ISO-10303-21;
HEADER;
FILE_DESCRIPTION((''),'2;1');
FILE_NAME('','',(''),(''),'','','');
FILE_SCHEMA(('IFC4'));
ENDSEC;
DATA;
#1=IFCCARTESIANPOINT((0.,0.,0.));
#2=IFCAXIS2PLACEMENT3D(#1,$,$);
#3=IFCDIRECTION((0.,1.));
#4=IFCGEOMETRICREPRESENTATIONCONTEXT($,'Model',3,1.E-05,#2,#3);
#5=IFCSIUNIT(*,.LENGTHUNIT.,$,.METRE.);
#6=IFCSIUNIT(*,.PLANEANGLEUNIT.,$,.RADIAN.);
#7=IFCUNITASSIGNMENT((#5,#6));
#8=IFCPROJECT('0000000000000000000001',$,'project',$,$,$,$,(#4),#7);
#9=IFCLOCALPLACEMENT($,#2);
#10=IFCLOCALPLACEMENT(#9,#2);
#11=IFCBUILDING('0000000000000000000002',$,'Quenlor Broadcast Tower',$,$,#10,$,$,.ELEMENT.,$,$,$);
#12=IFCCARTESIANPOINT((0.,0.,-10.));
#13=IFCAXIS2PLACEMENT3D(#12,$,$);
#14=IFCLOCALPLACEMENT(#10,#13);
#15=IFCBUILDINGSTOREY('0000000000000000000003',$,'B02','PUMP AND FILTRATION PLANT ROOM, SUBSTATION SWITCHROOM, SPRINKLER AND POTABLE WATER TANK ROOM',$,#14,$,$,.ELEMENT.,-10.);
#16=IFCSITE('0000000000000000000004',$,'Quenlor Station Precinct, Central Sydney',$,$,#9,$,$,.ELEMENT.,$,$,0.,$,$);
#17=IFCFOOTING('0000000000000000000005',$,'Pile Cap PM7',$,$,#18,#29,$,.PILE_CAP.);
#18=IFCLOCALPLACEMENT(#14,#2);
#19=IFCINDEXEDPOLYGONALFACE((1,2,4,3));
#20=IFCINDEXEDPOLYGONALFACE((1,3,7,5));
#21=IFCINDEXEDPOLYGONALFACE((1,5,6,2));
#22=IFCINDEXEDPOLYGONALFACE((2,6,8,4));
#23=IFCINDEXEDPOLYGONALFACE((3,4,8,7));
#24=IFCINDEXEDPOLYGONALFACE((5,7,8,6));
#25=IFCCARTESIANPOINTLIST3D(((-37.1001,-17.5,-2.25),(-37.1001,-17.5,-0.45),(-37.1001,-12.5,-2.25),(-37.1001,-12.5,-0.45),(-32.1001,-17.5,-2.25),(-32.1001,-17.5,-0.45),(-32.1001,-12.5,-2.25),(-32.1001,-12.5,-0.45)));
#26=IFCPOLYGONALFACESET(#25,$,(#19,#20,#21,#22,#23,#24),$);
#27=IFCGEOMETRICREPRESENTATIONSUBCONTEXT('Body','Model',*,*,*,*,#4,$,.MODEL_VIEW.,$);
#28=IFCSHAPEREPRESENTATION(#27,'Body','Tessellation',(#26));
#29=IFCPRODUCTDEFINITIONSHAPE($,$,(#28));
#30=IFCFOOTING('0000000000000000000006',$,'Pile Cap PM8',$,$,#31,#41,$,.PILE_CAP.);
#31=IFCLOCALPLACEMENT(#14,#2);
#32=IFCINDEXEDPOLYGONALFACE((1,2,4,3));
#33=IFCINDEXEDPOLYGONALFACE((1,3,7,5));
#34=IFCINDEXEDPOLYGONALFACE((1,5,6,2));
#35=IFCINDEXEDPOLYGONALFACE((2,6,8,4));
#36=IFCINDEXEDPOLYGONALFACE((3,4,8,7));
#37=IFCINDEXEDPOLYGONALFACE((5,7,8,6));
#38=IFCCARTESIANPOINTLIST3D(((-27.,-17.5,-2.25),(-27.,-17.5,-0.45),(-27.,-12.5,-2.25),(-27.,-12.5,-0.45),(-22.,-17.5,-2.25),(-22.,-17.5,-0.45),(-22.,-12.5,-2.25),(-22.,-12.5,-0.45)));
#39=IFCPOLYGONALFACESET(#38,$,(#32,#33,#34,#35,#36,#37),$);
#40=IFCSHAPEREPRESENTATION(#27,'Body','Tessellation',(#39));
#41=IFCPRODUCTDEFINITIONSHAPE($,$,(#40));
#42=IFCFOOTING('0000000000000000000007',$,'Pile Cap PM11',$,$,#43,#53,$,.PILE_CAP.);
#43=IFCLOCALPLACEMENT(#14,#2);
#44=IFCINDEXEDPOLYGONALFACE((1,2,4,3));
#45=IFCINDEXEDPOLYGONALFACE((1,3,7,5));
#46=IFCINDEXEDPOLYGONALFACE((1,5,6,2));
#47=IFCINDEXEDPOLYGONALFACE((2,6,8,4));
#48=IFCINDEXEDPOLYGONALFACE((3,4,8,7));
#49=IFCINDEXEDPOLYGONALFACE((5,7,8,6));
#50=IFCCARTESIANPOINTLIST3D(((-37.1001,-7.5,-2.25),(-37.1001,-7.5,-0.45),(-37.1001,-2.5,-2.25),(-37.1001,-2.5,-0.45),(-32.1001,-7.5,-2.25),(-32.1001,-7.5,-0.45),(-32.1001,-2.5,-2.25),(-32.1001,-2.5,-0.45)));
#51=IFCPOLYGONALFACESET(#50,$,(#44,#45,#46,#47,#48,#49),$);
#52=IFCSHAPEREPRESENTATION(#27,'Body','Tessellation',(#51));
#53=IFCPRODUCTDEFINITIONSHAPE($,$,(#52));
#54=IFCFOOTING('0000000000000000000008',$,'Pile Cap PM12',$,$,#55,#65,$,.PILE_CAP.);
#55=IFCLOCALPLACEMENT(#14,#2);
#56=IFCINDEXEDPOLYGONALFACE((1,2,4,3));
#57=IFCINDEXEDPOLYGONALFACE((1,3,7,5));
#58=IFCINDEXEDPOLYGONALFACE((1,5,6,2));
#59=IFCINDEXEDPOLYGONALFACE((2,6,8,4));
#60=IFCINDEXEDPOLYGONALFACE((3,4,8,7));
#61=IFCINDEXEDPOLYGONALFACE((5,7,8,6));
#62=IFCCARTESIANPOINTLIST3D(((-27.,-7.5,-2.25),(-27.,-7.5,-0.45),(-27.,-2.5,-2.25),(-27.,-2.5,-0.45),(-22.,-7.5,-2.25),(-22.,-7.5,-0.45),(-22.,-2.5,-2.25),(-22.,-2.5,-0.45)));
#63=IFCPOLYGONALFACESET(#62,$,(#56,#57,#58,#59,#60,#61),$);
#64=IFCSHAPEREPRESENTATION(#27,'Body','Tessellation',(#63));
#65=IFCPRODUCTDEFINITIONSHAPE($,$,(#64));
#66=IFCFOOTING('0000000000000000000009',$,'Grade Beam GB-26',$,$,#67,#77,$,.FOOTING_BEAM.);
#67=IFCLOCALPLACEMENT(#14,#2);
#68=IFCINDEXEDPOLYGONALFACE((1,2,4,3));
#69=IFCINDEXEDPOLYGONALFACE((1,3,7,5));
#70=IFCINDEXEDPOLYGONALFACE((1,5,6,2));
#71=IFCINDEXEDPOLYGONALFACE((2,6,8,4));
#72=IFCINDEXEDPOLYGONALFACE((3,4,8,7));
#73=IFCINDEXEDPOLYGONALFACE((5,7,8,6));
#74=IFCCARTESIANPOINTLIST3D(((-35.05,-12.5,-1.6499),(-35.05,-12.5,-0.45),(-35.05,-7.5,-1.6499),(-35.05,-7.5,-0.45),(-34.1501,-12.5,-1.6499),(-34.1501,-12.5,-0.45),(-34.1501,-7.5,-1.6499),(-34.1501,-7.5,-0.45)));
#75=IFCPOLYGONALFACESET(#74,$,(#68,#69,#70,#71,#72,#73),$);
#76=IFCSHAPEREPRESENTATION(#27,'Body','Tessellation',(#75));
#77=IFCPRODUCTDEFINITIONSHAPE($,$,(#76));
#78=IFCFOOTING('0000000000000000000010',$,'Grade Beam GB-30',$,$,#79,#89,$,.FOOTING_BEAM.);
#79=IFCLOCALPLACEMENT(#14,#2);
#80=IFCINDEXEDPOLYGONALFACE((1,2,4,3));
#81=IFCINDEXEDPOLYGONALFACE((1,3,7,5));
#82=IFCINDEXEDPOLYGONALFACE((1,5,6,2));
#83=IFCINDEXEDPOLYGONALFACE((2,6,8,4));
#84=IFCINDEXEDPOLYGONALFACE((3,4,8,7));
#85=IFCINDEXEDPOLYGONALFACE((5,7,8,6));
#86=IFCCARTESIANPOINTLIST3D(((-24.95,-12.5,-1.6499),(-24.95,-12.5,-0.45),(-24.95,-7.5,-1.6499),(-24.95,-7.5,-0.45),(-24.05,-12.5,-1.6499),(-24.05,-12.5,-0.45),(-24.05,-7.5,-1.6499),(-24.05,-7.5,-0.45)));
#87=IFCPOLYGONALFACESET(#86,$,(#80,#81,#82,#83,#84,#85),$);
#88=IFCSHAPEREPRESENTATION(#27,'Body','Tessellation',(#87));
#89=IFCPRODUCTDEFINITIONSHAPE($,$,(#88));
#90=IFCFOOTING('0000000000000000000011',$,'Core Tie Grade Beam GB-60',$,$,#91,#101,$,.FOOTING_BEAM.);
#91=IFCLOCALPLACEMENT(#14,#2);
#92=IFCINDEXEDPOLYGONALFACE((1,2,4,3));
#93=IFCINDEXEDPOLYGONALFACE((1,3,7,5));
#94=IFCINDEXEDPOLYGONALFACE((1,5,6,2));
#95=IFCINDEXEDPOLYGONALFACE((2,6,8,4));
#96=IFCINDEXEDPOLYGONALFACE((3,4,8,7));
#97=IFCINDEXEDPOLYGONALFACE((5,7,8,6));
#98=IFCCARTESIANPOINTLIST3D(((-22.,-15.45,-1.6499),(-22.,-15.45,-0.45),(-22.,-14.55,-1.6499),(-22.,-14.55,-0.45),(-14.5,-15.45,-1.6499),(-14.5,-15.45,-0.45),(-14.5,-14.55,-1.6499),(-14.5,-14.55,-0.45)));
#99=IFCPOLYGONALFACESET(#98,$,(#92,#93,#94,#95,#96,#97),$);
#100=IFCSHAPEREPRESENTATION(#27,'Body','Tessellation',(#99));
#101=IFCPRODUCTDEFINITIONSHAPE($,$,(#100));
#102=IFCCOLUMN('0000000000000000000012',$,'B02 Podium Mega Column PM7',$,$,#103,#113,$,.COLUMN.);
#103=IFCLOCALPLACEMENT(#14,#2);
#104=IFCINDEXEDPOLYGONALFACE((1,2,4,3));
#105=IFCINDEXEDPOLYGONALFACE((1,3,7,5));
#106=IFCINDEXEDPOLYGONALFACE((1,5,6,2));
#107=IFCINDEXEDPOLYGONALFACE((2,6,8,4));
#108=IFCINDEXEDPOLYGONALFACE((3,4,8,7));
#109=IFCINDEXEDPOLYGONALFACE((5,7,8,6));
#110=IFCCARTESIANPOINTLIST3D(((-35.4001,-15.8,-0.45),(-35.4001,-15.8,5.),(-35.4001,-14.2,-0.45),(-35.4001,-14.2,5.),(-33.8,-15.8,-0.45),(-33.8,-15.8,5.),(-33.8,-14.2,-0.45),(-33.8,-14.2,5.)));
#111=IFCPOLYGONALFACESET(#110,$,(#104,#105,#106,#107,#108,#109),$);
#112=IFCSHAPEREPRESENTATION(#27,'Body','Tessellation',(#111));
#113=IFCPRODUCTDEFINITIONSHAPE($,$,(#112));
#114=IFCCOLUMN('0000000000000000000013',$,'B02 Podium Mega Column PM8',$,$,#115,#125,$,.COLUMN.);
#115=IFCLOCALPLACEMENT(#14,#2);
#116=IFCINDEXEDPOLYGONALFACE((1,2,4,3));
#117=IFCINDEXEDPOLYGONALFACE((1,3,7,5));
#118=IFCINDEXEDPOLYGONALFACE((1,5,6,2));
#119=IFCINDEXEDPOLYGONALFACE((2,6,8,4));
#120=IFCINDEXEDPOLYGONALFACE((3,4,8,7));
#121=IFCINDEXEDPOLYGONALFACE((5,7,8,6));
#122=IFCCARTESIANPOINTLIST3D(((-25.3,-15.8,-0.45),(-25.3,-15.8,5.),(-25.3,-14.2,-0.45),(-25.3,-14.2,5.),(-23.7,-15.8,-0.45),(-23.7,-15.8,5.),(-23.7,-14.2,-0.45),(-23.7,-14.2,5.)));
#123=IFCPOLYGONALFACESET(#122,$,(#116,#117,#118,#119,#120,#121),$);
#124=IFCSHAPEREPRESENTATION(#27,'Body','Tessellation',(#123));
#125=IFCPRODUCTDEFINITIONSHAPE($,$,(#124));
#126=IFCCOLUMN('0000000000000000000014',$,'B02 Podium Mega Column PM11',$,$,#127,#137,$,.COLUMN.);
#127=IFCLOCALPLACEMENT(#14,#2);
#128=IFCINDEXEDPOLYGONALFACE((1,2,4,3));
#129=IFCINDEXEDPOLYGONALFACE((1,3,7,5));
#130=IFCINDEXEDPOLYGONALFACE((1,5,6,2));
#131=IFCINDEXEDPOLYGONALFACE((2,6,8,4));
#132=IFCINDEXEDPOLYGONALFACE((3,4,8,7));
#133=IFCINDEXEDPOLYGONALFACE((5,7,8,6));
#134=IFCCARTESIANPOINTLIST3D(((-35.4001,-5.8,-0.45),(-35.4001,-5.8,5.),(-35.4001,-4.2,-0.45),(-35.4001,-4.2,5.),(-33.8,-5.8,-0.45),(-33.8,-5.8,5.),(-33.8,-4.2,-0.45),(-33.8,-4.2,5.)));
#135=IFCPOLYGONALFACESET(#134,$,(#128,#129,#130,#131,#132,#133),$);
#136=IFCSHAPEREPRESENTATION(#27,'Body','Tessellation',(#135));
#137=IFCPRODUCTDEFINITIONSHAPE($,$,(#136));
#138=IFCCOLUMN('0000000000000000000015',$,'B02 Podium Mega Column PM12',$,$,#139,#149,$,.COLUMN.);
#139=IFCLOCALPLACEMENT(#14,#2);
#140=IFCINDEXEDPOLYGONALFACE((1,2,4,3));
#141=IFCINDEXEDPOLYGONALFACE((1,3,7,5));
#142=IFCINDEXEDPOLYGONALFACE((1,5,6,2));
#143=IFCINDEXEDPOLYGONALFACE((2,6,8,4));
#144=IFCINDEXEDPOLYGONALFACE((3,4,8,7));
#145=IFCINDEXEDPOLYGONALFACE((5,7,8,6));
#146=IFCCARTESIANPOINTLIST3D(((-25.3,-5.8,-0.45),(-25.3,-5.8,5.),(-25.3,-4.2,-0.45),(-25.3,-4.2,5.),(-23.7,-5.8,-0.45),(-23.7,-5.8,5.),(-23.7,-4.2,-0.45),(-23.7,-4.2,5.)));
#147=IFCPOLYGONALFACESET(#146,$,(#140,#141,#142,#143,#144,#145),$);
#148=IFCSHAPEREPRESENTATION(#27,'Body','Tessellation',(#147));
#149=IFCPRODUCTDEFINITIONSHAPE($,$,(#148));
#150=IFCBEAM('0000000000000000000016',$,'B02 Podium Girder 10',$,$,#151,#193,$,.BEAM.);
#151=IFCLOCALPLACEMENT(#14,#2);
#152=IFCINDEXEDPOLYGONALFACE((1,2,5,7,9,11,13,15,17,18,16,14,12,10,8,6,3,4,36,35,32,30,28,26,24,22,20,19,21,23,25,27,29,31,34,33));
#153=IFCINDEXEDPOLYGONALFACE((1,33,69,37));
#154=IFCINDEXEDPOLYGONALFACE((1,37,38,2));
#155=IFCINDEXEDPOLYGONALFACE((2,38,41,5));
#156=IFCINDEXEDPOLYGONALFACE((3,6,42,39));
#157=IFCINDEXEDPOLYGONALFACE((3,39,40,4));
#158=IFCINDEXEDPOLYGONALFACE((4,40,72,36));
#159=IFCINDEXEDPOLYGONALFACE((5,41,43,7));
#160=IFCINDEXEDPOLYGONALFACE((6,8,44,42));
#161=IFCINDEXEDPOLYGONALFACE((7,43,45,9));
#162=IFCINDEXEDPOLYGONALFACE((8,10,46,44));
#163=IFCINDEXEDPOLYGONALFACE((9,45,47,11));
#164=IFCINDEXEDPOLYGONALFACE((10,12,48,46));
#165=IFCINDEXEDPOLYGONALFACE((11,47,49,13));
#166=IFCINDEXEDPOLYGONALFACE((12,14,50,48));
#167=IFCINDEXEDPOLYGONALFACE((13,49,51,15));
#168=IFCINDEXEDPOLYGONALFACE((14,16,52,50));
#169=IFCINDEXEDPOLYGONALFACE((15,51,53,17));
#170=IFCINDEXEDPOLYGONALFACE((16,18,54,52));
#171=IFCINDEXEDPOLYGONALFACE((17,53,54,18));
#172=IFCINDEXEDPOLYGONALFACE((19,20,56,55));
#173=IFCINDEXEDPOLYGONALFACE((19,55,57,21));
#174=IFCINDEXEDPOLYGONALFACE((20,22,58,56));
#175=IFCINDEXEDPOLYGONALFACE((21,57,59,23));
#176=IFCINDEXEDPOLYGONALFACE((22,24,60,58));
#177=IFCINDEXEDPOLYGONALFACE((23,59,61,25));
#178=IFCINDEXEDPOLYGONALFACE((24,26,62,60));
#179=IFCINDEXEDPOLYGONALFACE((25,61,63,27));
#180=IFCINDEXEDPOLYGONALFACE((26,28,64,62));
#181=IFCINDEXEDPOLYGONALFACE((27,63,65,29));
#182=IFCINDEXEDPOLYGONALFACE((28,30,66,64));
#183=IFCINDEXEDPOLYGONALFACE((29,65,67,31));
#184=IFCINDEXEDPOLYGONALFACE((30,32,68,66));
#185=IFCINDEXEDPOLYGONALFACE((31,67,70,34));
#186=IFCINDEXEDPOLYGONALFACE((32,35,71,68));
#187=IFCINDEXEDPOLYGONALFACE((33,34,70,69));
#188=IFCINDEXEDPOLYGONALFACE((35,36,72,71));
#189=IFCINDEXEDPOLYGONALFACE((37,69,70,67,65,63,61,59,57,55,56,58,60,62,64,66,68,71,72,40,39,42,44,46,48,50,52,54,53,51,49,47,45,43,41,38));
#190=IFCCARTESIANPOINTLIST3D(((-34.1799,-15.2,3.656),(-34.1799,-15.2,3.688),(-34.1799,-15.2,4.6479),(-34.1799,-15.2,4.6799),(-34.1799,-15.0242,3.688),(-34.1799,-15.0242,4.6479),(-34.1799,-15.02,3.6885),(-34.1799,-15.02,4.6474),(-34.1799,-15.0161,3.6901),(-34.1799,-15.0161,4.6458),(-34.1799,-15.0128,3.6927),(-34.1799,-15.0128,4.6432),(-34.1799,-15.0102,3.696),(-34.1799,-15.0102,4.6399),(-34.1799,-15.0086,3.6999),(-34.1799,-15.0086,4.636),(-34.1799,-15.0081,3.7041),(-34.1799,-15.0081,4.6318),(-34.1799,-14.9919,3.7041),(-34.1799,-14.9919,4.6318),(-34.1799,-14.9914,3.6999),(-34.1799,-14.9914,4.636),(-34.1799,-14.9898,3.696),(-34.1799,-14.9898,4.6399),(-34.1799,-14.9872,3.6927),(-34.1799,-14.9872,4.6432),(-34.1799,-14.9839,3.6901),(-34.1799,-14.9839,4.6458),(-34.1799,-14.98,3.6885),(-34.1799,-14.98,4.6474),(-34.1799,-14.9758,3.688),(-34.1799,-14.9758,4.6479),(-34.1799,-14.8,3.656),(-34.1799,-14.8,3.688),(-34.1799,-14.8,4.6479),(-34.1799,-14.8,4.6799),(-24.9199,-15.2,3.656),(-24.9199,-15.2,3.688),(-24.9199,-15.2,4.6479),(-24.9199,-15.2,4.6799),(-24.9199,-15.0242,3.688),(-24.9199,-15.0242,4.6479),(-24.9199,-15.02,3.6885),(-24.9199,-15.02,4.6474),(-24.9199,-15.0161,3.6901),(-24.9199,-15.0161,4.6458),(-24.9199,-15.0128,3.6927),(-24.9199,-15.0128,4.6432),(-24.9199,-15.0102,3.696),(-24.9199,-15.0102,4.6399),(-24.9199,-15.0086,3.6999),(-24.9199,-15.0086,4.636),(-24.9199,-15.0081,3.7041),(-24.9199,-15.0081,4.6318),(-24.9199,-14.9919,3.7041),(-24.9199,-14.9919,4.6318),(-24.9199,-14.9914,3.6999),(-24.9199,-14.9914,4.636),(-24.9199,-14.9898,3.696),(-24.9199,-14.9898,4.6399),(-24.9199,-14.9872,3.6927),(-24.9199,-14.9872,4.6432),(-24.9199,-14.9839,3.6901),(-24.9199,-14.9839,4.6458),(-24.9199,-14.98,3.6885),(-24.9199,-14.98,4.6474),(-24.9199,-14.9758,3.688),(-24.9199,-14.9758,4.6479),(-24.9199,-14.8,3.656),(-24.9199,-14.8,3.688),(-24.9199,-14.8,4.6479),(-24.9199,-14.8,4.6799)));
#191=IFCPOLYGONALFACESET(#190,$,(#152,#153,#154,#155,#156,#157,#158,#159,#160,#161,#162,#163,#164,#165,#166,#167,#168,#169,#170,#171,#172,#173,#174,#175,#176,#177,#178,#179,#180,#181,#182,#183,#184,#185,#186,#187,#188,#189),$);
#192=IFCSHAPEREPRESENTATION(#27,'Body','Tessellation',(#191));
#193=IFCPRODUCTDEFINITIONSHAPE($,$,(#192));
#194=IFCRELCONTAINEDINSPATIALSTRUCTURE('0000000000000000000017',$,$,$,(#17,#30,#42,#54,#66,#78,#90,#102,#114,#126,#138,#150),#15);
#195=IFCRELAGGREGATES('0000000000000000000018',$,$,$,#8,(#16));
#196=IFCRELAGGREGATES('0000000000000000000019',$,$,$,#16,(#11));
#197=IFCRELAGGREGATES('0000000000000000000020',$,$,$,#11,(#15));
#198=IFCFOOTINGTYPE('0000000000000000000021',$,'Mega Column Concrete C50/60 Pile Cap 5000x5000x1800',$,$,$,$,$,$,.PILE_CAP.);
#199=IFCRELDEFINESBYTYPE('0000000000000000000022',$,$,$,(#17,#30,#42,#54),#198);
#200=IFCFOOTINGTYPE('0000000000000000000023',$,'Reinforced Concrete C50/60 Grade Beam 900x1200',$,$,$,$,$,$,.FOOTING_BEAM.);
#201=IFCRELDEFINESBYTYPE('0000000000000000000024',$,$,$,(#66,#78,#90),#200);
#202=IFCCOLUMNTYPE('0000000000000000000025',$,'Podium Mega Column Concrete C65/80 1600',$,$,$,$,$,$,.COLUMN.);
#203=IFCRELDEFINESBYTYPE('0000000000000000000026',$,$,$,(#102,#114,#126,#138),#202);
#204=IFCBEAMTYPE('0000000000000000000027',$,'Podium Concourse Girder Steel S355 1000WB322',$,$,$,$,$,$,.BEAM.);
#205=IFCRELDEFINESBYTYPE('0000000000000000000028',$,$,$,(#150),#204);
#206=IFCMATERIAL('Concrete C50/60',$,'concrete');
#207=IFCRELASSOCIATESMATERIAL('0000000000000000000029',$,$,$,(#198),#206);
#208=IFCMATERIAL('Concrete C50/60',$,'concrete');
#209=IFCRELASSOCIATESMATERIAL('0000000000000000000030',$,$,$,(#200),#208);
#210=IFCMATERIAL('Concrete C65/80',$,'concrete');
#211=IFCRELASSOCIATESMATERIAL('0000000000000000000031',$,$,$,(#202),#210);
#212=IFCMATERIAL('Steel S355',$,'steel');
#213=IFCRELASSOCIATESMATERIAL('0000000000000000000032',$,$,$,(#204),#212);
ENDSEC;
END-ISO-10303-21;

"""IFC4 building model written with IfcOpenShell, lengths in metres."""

from ifc_helpers import new_model, si_unit, direction, frame, origin, origin_2d, place, context, subcontext, project, spatial, rectangle, i_section, extrude, material, material_profile, profile_set, type_object, element, save


model = new_model("IFC4")

# Units and contexts
model_context = context("Model", 3, precision=1e-05, world=origin(), true_north=direction((0.0, 1.0)))
body_context = subcontext(model_context, "Body", "Model", "MODEL_VIEW")
ifc_project = project(units=[si_unit("LENGTHUNIT", "METRE"), si_unit("PLANEANGLEUNIT", "RADIAN")], contexts=[model_context])

# Site, building, storey
site_placement = place(None, origin())
site = spatial("IfcSite", under=ifc_project, at=site_placement, Name="Quenlor Station Precinct, Central Sydney", CompositionType="ELEMENT", RefElevation=0.0)
building_placement = place(site_placement, origin())
building = spatial("IfcBuilding", under=site, at=building_placement, Name="Quenlor Broadcast Tower", CompositionType="ELEMENT")
storey_placement = place(building_placement, frame((0.0, 0.0, -10.0)))
storey = spatial("IfcBuildingStorey", under=building, at=storey_placement, Name="B02", Description="PUMP AND FILTRATION PLANT ROOM, SUBSTATION SWITCHROOM, SPRINKLER AND POTABLE WATER TANK ROOM", CompositionType="ELEMENT", Elevation=-10.0)

# Footings
ifc_material_1 = material(Name="Concrete C50/60", Category="concrete")
footing_type_1 = type_object("IfcFootingType", Name="Mega Column Concrete C50/60 Pile Cap 5000x5000x1800", PredefinedType="PILE_CAP", material=ifc_material_1)
for number, where, z_axis, x_axis, name in (
    (1, (-34.6001, -15.0, -2.25), (0.0, 0.0, 1.0), (1.0, 0.0, 0.0), "Pile Cap PM7"),
    (2, (-24.5, -15.0, -2.25), (0.0, 0.0, 1.0), (1.0, 0.0, 0.0), "Pile Cap PM8"),
    (3, (-34.6001, -5.0, -2.25), (0.0, 0.0, 1.0), (1.0, 0.0, 0.0), "Pile Cap PM11"),
    (4, (-24.5, -5.0, -2.25), (0.0, 0.0, 1.0), (1.0, 0.0, 0.0), "Pile Cap PM12"),
):
    element("IfcFooting", number, at=place(storey_placement, frame(where, z_axis=z_axis, x_axis=x_axis)), inside=storey, type_object=footing_type_1, Name=name, PredefinedType="PILE_CAP", context=body_context, shape_type="SweptSolid", body=[
        extrude(rectangle(XDim=5.0, YDim=5.0, at=origin_2d()), origin(), (0.0, 0.0, 1.0), 1.8),
    ])
ifc_material_2 = material(Name="Concrete C50/60", Category="concrete")
footing_type_2 = type_object("IfcFootingType", Name="Reinforced Concrete C50/60 Grade Beam 900x1200", PredefinedType="FOOTING_BEAM", material=ifc_material_2)
for number, where, z_axis, x_axis, name in (
    (5, (-34.6001, -10.0, -1.6499), (0.0, 0.0, 1.0), (0.0, 1.0, 0.0), "Grade Beam GB-26"),
    (6, (-24.5, -10.0, -1.6499), (0.0, 0.0, 1.0), (0.0, 1.0, 0.0), "Grade Beam GB-30"),
):
    element("IfcFooting", number, at=place(storey_placement, frame(where, z_axis=z_axis, x_axis=x_axis)), inside=storey, type_object=footing_type_2, Name=name, PredefinedType="FOOTING_BEAM", context=body_context, shape_type="SweptSolid", body=[
        extrude(rectangle(XDim=5.0, YDim=0.8999, at=origin_2d()), origin(), (0.0, 0.0, 1.0), 1.2),
    ])
footing_placement = place(storey_placement, frame((-18.25, -15.0, -1.6499), z_axis=(0.0, 0.0, 1.0), x_axis=(1.0, 0.0, 0.0)))
element("IfcFooting", 7, at=footing_placement, inside=storey, type_object=footing_type_2, Name="Core Tie Grade Beam GB-60", PredefinedType="FOOTING_BEAM", context=body_context, shape_type="SweptSolid", body=[
    extrude(rectangle(XDim=7.5, YDim=0.8999, at=origin_2d()), origin(), (0.0, 0.0, 1.0), 1.2),
])

# Columns
ifc_material_3 = material(Name="Concrete C65/80", Category="concrete")
ifc_material_profile_1 = material_profile(ifc_material_3, rectangle(XDim=1.6001, YDim=1.6001, at=origin_2d()))
ifc_profile_set_1 = profile_set([ifc_material_profile_1], Name="Concrete C65/80 RC1600x1600")
column_type = type_object("IfcColumnType", Name="Podium Mega Column Concrete C65/80 1600", PredefinedType="COLUMN", material=ifc_profile_set_1)
for number, where, z_axis, x_axis, name in (
    (8, (-34.6001, -15.0, -0.45), (0.0, 0.0, 1.0), (1.0, 0.0, 0.0), "B02 Podium Mega Column PM7"),
    (9, (-24.5, -15.0, -0.45), (0.0, 0.0, 1.0), (1.0, 0.0, 0.0), "B02 Podium Mega Column PM8"),
    (10, (-34.6001, -5.0, -0.45), (0.0, 0.0, 1.0), (1.0, 0.0, 0.0), "B02 Podium Mega Column PM11"),
    (11, (-24.5, -5.0, -0.45), (0.0, 0.0, 1.0), (1.0, 0.0, 0.0), "B02 Podium Mega Column PM12"),
):
    element("IfcColumn", number, at=place(storey_placement, frame(where, z_axis=z_axis, x_axis=x_axis)), inside=storey, type_object=column_type, Name=name, PredefinedType="COLUMN", context=body_context, shape_type="SweptSolid", body=[
        extrude(rectangle(XDim=1.6001, YDim=1.6001, at=origin_2d()), origin(), (0.0, 0.0, 1.0), 5.45),
    ])

# Beam
ifc_material_4 = material(Name="Steel S355", Category="steel")
ifc_material_profile_2 = material_profile(ifc_material_4, i_section(OverallWidth=0.3999, OverallDepth=1.0239, WebThickness=0.0161, FlangeThickness=0.032, FilletRadius=0.0161, at=origin_2d()))
ifc_profile_set_2 = profile_set([ifc_material_profile_2], Name="Steel S355 1000WB322")
beam_type_1 = type_object("IfcBeamType", Name="Podium Concourse Girder Steel S355 1000WB322", PredefinedType="BEAM", material=ifc_profile_set_2)
for number, where, z_axis, x_axis, name in (
    (12, (-34.1799, -15.0, 4.168), (1.0, 0.0, 0.0), (0.0, 1.0, 0.0), "B02 Podium Girder 10"),
):
    element("IfcBeam", number, at=place(storey_placement, frame(where, z_axis=z_axis, x_axis=x_axis)), inside=storey, type_object=beam_type_1, Name=name, PredefinedType="BEAM", context=body_context, shape_type="SweptSolid", body=[
        extrude(i_section(OverallWidth=0.3999, OverallDepth=1.0239, WebThickness=0.0161, FlangeThickness=0.032, FilletRadius=0.0161, at=origin_2d()), origin(), (0.0, 0.0, 1.0), 9.26),
    ])

save(model, "model.ifc")
